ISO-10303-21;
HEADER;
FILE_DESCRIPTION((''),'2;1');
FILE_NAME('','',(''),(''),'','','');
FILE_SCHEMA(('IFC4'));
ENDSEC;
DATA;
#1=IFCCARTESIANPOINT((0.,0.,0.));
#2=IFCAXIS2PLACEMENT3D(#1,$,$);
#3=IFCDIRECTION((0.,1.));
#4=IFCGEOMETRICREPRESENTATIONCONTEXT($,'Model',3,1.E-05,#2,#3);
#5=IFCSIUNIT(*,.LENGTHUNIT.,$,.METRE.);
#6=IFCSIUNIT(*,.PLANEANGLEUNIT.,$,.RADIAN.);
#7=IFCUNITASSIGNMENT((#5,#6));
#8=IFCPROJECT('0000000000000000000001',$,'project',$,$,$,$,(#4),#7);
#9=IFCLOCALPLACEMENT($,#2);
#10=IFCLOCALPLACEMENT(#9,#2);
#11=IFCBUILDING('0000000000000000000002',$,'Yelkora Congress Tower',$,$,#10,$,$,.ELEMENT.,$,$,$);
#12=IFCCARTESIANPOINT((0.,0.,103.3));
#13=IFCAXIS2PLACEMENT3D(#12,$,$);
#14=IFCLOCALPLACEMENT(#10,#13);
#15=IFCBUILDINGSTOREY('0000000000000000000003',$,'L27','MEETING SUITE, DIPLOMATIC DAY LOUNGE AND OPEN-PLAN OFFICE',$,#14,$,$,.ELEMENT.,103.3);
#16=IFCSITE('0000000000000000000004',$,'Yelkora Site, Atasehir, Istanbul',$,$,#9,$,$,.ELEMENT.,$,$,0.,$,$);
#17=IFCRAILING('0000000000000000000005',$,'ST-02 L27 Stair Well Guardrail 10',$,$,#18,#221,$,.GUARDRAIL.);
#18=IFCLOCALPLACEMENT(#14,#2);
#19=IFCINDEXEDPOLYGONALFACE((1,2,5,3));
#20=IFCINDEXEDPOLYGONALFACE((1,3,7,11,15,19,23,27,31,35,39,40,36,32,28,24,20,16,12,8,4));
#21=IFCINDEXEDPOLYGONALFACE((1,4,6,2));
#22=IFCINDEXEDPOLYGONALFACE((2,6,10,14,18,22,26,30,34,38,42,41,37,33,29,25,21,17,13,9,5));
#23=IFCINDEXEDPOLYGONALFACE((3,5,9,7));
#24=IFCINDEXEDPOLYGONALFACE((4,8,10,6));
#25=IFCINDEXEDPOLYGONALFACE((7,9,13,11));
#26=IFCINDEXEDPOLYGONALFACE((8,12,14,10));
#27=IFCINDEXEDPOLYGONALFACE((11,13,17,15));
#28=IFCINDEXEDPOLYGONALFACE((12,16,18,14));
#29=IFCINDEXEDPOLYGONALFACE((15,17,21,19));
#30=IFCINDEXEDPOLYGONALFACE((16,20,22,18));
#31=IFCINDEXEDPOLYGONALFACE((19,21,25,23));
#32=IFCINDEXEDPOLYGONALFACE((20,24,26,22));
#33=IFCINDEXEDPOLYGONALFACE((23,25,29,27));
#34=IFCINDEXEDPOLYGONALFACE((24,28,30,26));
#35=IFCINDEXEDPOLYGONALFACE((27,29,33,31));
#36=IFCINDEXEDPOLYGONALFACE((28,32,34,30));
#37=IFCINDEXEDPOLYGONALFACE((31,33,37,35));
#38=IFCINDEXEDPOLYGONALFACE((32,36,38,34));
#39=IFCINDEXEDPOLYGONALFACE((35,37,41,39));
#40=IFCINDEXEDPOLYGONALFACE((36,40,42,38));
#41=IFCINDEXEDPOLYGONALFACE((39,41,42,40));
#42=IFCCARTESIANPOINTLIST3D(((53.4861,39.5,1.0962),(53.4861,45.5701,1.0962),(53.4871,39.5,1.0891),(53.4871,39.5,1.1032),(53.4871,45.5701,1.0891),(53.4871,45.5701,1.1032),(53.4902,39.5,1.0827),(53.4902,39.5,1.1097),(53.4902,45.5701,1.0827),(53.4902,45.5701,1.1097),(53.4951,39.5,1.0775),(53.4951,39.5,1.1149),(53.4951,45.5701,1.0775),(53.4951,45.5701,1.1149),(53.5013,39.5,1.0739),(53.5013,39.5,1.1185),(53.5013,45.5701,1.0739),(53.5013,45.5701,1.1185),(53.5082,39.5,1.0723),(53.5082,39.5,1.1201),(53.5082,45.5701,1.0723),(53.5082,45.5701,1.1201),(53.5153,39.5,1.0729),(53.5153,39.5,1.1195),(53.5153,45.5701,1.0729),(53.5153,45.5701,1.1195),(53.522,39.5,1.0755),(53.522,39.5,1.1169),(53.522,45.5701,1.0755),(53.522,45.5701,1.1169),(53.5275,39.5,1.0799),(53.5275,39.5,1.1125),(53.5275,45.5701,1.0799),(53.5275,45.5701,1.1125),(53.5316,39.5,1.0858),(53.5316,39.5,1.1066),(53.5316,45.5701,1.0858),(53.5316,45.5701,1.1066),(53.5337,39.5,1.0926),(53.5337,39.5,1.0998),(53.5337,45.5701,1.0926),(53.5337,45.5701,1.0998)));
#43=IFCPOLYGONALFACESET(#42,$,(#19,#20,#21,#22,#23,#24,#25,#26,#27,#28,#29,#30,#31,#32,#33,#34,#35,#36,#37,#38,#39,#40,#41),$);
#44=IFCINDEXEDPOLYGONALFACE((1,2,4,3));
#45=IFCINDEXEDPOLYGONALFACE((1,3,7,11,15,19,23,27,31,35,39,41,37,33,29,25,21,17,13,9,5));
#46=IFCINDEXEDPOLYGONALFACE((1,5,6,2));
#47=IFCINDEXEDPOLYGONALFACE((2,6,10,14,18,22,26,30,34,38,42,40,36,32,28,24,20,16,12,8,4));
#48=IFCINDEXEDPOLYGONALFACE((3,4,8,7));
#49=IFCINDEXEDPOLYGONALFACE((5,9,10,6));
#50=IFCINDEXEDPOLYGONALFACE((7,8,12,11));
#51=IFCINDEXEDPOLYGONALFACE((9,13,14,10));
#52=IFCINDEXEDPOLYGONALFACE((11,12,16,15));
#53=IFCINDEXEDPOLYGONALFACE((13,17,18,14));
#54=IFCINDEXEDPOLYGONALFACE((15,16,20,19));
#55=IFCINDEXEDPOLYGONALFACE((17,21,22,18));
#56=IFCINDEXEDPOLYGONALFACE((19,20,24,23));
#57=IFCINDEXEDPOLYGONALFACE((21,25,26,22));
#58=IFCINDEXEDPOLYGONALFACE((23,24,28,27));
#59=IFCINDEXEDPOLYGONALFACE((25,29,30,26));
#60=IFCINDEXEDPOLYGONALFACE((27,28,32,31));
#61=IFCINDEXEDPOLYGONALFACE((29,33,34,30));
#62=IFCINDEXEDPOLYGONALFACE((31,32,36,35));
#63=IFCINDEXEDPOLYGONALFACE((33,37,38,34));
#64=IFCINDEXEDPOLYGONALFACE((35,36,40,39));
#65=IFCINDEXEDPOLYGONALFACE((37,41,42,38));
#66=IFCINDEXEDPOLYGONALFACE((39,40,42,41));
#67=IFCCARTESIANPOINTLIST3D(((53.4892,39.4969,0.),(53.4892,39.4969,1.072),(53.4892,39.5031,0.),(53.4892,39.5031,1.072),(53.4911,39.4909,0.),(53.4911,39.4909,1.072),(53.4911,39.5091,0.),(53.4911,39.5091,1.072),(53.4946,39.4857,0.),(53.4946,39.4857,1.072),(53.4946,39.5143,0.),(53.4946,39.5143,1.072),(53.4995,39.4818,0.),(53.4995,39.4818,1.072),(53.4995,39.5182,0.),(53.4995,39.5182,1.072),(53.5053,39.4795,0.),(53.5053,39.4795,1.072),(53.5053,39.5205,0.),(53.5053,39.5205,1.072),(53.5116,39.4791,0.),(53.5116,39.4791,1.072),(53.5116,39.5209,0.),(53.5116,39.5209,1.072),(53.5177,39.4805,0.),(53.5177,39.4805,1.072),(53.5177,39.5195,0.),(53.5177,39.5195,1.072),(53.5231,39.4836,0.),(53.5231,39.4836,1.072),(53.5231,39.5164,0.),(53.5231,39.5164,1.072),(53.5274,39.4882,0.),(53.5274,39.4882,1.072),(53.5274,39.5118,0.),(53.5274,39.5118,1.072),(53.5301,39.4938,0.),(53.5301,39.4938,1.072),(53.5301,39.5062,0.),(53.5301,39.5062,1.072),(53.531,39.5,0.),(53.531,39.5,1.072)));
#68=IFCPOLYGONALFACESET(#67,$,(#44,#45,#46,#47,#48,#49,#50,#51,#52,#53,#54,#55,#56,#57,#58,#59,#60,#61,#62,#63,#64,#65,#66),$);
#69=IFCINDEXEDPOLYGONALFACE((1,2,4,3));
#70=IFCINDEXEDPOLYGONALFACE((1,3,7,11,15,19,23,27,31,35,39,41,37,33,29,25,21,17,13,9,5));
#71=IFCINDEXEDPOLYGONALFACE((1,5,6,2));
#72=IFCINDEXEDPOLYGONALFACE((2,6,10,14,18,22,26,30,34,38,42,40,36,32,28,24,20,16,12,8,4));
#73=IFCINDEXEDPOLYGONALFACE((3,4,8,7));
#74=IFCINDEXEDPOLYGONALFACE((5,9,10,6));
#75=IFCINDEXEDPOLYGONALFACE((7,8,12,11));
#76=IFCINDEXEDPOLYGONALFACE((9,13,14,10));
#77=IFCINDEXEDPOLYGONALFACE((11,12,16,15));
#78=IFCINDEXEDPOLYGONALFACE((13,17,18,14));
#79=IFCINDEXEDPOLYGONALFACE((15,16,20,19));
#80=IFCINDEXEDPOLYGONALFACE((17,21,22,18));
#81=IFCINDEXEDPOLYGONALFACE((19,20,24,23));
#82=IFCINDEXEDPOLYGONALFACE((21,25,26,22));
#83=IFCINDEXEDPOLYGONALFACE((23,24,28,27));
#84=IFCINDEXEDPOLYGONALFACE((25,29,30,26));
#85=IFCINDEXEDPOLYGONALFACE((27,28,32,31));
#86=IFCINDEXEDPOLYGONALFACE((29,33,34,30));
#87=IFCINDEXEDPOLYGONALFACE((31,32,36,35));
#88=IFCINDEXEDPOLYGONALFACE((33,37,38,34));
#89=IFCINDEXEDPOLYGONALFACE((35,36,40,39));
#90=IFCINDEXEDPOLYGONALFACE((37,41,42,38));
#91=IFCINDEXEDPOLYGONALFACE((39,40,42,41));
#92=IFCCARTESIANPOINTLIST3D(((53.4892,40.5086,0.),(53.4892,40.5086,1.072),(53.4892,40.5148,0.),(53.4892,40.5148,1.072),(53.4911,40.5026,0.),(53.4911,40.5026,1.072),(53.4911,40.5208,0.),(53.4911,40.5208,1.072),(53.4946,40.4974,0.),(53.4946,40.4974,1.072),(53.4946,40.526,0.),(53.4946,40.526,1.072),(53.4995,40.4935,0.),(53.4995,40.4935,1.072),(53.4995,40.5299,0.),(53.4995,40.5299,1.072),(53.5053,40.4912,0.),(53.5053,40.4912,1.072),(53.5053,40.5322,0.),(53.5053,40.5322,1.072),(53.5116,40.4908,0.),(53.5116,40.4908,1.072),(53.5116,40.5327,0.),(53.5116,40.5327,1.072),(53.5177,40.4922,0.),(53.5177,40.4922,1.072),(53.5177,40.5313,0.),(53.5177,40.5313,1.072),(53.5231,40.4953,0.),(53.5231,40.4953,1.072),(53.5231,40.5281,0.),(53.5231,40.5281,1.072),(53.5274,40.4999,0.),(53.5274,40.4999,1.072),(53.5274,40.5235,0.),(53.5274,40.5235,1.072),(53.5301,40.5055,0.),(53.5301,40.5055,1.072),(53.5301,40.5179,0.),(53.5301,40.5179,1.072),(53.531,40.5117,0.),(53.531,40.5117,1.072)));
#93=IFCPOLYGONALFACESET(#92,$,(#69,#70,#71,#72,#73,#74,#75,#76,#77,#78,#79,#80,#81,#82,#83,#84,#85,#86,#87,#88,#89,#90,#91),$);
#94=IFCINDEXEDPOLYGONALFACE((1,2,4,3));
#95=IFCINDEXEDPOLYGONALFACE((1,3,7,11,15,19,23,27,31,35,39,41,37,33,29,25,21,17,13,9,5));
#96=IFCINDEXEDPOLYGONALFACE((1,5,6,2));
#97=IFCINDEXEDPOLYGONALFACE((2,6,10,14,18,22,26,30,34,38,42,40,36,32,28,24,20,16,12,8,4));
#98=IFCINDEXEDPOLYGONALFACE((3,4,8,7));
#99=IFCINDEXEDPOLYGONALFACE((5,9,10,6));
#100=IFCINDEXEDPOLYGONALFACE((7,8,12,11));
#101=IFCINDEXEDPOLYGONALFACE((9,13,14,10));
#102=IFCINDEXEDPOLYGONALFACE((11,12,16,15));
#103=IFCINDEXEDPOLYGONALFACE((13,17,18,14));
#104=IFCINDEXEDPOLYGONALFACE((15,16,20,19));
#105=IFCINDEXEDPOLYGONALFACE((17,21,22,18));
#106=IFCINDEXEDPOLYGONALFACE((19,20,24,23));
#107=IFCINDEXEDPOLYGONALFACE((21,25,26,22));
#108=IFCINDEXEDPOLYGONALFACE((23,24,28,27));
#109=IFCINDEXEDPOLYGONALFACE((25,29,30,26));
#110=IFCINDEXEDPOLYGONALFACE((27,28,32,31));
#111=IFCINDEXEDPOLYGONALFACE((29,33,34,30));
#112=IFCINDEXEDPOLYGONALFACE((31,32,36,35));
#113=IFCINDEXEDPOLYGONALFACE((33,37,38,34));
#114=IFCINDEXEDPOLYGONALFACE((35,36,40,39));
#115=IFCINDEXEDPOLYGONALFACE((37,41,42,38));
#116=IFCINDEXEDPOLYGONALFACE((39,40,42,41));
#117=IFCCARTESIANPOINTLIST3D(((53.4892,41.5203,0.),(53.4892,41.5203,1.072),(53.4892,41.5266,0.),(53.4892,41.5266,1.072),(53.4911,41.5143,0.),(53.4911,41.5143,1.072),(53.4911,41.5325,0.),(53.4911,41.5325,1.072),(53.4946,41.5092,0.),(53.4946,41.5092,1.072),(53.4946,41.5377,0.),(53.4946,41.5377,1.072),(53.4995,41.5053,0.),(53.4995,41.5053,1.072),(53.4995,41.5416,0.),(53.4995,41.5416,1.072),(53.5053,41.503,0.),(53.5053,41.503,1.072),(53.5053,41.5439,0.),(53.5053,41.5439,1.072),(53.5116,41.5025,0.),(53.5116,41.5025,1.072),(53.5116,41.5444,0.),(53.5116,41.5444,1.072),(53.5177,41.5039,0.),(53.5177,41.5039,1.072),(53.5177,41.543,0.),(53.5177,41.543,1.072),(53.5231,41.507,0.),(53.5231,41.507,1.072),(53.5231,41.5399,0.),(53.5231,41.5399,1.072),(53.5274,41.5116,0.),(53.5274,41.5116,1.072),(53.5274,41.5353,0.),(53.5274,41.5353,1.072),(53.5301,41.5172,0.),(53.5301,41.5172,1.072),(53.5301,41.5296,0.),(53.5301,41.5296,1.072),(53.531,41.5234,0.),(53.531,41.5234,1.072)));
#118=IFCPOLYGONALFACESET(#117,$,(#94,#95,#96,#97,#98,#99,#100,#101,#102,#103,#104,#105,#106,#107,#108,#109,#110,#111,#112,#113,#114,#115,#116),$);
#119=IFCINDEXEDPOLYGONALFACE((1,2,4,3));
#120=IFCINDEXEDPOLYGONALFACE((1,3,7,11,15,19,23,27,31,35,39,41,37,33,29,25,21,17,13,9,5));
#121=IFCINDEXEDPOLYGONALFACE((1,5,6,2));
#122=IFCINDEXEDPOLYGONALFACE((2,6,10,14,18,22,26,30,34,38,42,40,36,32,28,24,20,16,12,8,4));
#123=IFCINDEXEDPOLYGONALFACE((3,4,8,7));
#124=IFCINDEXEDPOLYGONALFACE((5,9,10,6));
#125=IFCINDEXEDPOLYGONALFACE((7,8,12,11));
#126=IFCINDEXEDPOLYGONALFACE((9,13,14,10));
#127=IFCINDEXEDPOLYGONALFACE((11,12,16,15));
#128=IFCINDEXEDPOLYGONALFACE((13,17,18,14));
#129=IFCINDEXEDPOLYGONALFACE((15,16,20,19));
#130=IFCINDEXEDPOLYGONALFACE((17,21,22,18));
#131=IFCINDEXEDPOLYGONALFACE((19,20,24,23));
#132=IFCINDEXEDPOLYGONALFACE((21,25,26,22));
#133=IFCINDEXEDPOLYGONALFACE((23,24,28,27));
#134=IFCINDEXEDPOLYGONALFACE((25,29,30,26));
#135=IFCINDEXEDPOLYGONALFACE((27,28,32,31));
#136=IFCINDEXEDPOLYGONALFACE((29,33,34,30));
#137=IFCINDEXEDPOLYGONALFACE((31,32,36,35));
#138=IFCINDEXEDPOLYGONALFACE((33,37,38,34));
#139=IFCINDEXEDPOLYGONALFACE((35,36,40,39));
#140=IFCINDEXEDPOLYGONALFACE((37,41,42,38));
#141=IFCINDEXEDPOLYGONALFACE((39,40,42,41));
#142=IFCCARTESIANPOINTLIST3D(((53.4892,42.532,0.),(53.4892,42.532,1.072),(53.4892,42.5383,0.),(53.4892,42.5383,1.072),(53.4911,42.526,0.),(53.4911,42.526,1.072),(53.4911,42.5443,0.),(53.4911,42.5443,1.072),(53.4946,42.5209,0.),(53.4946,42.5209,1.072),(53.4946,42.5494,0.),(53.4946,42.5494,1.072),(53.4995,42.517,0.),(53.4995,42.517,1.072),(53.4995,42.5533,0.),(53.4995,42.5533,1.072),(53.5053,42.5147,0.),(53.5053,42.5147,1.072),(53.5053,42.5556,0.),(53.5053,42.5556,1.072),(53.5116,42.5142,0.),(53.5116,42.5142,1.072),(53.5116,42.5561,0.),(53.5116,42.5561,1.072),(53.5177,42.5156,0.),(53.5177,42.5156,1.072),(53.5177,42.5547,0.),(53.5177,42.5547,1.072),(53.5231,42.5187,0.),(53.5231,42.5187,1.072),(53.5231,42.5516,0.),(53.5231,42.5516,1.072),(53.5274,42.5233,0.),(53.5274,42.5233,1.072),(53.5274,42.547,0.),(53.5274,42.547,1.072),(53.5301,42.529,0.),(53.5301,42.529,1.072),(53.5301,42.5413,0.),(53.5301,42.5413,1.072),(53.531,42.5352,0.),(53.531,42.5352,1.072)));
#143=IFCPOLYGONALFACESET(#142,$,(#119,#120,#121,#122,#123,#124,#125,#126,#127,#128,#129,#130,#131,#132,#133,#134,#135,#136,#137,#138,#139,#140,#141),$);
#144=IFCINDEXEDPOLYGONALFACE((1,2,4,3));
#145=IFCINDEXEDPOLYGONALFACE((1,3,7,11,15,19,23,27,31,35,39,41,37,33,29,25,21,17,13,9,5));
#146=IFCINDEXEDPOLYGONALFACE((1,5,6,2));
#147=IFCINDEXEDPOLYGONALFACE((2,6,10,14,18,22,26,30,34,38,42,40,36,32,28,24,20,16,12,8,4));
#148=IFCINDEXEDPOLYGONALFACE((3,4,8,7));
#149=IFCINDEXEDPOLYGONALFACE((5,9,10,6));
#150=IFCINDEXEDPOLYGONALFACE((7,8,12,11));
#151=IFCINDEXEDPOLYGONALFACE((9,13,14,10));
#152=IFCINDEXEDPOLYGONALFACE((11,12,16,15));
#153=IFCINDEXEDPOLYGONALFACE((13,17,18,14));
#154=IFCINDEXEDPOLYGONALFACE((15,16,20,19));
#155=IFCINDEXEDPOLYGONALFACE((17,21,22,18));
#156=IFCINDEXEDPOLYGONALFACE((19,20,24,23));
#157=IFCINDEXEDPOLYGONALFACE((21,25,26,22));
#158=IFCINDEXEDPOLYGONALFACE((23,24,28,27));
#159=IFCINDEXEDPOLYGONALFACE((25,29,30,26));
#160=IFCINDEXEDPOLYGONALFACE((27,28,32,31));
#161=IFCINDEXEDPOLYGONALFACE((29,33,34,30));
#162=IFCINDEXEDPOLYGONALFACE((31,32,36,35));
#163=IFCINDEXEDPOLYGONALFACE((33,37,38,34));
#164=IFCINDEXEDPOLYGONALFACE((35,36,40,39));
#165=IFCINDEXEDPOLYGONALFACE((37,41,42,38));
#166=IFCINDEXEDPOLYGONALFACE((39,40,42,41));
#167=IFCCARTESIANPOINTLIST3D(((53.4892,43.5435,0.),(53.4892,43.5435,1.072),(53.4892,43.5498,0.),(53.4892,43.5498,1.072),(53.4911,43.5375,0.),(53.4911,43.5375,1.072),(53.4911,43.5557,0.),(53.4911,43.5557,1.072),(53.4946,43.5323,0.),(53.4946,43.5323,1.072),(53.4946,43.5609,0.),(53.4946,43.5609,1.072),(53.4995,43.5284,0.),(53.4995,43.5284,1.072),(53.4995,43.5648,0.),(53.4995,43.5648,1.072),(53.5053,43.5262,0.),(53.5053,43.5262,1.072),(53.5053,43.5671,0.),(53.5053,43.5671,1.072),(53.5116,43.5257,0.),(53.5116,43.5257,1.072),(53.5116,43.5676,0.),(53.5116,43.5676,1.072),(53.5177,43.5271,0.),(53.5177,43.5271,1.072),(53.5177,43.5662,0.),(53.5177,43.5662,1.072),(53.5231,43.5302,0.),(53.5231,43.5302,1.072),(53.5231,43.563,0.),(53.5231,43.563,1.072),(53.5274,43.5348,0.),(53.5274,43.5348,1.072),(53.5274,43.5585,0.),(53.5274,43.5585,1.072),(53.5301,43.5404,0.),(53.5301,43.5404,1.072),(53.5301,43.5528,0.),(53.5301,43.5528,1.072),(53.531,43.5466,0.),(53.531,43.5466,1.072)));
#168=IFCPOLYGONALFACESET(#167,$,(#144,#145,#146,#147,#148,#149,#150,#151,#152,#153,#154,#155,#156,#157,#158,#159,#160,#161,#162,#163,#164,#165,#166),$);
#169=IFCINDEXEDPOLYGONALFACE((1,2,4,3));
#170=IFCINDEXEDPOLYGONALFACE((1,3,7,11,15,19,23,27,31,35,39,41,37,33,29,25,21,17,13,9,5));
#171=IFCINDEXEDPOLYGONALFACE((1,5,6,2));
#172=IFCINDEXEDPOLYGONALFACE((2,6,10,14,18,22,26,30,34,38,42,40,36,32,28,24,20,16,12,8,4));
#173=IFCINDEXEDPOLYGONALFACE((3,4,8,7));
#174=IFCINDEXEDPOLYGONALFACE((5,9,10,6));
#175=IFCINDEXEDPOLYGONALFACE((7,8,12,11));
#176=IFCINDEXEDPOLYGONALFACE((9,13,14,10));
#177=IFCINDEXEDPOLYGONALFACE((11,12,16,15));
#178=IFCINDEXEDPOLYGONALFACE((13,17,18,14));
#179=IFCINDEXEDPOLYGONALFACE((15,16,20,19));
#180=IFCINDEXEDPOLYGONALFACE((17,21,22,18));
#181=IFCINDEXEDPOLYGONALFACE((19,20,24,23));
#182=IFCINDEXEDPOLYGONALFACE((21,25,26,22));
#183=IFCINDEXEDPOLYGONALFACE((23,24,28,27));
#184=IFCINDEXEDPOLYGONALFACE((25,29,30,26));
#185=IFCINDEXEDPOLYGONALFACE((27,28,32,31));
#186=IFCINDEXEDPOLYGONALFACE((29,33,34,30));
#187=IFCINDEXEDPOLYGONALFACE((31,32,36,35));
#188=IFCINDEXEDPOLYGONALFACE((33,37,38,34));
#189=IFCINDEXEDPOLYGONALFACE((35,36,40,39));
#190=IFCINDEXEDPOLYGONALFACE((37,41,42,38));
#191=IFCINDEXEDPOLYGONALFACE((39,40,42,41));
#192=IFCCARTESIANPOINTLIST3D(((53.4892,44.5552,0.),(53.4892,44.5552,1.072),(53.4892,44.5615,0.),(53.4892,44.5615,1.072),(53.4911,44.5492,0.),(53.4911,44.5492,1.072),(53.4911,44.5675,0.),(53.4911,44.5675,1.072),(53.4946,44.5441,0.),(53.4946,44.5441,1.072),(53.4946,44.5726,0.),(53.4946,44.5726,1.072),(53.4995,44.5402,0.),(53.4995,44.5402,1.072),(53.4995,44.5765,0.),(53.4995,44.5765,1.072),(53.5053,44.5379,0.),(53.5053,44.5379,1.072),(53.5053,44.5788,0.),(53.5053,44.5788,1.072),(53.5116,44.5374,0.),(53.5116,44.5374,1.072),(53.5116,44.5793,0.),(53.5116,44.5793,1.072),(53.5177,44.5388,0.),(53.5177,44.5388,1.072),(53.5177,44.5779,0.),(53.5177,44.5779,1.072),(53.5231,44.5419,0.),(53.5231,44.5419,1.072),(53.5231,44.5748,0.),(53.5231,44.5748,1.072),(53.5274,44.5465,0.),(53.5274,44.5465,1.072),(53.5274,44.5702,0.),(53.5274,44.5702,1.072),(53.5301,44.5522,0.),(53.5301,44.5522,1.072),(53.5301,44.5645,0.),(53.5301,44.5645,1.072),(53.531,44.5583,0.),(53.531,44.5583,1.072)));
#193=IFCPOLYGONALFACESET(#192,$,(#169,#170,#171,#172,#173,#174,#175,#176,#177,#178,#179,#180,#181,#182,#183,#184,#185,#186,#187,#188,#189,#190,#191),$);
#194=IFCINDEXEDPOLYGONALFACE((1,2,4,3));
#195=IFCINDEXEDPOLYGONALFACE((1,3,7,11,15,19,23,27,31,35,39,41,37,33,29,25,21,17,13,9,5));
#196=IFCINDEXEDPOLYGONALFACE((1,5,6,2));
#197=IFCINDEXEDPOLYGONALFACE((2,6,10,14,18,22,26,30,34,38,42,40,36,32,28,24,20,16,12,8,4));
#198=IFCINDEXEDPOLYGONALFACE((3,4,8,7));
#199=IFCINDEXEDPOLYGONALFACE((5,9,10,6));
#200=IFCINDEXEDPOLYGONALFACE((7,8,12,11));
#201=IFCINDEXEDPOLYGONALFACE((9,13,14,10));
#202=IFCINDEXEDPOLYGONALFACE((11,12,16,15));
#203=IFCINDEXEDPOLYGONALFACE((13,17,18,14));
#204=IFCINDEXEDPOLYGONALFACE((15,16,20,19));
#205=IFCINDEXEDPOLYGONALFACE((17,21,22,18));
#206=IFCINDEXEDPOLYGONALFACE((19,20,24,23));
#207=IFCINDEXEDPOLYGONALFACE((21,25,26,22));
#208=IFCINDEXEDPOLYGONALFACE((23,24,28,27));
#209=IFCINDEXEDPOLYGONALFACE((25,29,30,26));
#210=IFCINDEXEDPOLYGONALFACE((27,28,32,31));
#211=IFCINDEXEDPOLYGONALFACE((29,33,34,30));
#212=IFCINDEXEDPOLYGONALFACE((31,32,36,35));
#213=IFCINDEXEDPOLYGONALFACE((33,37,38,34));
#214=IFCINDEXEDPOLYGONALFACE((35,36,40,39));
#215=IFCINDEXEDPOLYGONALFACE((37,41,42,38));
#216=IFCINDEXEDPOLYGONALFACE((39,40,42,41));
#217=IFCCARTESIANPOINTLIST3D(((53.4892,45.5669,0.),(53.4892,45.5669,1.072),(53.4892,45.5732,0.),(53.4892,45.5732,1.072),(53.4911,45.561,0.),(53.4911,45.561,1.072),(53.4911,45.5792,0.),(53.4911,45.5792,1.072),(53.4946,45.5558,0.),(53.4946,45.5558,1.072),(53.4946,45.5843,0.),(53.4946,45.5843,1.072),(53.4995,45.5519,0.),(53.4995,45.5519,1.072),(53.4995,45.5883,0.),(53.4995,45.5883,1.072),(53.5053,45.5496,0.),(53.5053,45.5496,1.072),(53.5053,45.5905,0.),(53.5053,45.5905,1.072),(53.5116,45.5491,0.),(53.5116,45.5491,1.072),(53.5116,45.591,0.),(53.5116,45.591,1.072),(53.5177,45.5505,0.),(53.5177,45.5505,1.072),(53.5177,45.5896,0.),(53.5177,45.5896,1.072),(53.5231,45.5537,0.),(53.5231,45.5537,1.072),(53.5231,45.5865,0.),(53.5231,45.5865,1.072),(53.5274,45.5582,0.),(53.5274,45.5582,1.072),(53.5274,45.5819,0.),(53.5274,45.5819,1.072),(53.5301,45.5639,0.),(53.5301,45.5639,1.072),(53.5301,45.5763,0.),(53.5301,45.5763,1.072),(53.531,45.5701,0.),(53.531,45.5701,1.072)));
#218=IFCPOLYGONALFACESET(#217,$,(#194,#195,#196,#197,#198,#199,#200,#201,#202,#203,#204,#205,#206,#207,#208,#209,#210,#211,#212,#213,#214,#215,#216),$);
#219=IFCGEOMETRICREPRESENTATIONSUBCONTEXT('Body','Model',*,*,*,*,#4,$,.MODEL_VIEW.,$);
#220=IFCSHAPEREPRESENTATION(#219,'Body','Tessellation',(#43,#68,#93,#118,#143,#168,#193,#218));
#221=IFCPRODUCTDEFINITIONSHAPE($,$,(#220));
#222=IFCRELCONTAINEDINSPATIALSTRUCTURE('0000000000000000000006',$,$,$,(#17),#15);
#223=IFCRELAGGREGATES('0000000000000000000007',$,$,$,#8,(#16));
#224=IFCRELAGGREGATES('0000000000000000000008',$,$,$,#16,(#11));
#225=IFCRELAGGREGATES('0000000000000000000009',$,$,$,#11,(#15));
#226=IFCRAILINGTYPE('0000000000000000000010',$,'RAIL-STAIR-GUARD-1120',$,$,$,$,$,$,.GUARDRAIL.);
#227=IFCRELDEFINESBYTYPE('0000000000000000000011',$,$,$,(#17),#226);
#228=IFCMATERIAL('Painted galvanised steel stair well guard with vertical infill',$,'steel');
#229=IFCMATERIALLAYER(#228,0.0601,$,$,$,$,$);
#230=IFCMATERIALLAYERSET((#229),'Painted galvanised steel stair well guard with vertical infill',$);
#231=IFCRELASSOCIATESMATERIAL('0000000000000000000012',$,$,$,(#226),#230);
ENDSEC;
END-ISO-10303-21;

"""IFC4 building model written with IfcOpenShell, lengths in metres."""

from ifc_helpers import new_model, si_unit, direction, frame, origin, origin_2d, place, context, subcontext, project, spatial, circle, extrude, material, layer, layer_set, type_object, element, save


model = new_model("IFC4")

# Units and contexts
model_context = context("Model", 3, precision=1e-05, world=origin(), true_north=direction((0.0, 1.0)))
body_context = subcontext(model_context, "Body", "Model", "MODEL_VIEW")
ifc_project = project(units=[si_unit("LENGTHUNIT", "METRE"), si_unit("PLANEANGLEUNIT", "RADIAN")], contexts=[model_context])

# Site, building, storey
site_placement = place(None, origin())
site = spatial("IfcSite", under=ifc_project, at=site_placement, Name="Yelkora Site, Atasehir, Istanbul", CompositionType="ELEMENT", RefElevation=0.0)
building_placement = place(site_placement, origin())
building = spatial("IfcBuilding", under=site, at=building_placement, Name="Yelkora Congress Tower", CompositionType="ELEMENT")
storey_placement = place(building_placement, frame((0.0, 0.0, 103.3)))
storey = spatial("IfcBuildingStorey", under=building, at=storey_placement, Name="L27", Description="MEETING SUITE, DIPLOMATIC DAY LOUNGE AND OPEN-PLAN OFFICE", CompositionType="ELEMENT", Elevation=103.3)

# Railing
ifc_material_1 = material(Name="Painted galvanised steel stair well guard with vertical infill", Category="steel")
ifc_layer_1 = layer(ifc_material_1, 0.0601)
ifc_layer_set_1 = layer_set([ifc_layer_1], Name="Painted galvanised steel stair well guard with vertical infill")
railing_type = type_object("IfcRailingType", Name="RAIL-STAIR-GUARD-1120", PredefinedType="GUARDRAIL", material=ifc_layer_set_1)
railing_1_placement = place(storey_placement, frame((53.51, 39.5, 0.0)))
element("IfcRailing", 1, at=railing_1_placement, inside=storey, type_object=railing_type, Name="ST-02 L27 Stair Well Guardrail 10", PredefinedType="GUARDRAIL", context=body_context, shape_type="SweptSolid", body=[
    extrude(circle(Radius=0.0239, at=origin_2d()), frame((0.0, 0.0, 1.0962), z_axis=(0.0, 1.0, 0.0), x_axis=(-1.0, 0.0, 0.0)), (0.0, 0.0, 1.0), 6.0701),
    extrude(circle(Radius=0.021, at=origin_2d()), origin(), (0.0, 0.0, 1.0), 1.072),
    extrude(circle(Radius=0.021, at=origin_2d()), frame((0.0, 1.0117, 0.0)), (0.0, 0.0, 1.0), 1.072),
    extrude(circle(Radius=0.021, at=origin_2d()), frame((0.0, 2.0234, 0.0)), (0.0, 0.0, 1.0), 1.072),
    extrude(circle(Radius=0.021, at=origin_2d()), frame((0.0, 3.0352, 0.0)), (0.0, 0.0, 1.0), 1.072),
    extrude(circle(Radius=0.021, at=origin_2d()), frame((0.0, 4.0466, 0.0)), (0.0, 0.0, 1.0), 1.072),
    extrude(circle(Radius=0.021, at=origin_2d()), frame((0.0, 5.0583, 0.0)), (0.0, 0.0, 1.0), 1.072),
    extrude(circle(Radius=0.021, at=origin_2d()), frame((0.0, 6.0701, 0.0)), (0.0, 0.0, 1.0), 1.072),
])

save(model, "model.ifc")
